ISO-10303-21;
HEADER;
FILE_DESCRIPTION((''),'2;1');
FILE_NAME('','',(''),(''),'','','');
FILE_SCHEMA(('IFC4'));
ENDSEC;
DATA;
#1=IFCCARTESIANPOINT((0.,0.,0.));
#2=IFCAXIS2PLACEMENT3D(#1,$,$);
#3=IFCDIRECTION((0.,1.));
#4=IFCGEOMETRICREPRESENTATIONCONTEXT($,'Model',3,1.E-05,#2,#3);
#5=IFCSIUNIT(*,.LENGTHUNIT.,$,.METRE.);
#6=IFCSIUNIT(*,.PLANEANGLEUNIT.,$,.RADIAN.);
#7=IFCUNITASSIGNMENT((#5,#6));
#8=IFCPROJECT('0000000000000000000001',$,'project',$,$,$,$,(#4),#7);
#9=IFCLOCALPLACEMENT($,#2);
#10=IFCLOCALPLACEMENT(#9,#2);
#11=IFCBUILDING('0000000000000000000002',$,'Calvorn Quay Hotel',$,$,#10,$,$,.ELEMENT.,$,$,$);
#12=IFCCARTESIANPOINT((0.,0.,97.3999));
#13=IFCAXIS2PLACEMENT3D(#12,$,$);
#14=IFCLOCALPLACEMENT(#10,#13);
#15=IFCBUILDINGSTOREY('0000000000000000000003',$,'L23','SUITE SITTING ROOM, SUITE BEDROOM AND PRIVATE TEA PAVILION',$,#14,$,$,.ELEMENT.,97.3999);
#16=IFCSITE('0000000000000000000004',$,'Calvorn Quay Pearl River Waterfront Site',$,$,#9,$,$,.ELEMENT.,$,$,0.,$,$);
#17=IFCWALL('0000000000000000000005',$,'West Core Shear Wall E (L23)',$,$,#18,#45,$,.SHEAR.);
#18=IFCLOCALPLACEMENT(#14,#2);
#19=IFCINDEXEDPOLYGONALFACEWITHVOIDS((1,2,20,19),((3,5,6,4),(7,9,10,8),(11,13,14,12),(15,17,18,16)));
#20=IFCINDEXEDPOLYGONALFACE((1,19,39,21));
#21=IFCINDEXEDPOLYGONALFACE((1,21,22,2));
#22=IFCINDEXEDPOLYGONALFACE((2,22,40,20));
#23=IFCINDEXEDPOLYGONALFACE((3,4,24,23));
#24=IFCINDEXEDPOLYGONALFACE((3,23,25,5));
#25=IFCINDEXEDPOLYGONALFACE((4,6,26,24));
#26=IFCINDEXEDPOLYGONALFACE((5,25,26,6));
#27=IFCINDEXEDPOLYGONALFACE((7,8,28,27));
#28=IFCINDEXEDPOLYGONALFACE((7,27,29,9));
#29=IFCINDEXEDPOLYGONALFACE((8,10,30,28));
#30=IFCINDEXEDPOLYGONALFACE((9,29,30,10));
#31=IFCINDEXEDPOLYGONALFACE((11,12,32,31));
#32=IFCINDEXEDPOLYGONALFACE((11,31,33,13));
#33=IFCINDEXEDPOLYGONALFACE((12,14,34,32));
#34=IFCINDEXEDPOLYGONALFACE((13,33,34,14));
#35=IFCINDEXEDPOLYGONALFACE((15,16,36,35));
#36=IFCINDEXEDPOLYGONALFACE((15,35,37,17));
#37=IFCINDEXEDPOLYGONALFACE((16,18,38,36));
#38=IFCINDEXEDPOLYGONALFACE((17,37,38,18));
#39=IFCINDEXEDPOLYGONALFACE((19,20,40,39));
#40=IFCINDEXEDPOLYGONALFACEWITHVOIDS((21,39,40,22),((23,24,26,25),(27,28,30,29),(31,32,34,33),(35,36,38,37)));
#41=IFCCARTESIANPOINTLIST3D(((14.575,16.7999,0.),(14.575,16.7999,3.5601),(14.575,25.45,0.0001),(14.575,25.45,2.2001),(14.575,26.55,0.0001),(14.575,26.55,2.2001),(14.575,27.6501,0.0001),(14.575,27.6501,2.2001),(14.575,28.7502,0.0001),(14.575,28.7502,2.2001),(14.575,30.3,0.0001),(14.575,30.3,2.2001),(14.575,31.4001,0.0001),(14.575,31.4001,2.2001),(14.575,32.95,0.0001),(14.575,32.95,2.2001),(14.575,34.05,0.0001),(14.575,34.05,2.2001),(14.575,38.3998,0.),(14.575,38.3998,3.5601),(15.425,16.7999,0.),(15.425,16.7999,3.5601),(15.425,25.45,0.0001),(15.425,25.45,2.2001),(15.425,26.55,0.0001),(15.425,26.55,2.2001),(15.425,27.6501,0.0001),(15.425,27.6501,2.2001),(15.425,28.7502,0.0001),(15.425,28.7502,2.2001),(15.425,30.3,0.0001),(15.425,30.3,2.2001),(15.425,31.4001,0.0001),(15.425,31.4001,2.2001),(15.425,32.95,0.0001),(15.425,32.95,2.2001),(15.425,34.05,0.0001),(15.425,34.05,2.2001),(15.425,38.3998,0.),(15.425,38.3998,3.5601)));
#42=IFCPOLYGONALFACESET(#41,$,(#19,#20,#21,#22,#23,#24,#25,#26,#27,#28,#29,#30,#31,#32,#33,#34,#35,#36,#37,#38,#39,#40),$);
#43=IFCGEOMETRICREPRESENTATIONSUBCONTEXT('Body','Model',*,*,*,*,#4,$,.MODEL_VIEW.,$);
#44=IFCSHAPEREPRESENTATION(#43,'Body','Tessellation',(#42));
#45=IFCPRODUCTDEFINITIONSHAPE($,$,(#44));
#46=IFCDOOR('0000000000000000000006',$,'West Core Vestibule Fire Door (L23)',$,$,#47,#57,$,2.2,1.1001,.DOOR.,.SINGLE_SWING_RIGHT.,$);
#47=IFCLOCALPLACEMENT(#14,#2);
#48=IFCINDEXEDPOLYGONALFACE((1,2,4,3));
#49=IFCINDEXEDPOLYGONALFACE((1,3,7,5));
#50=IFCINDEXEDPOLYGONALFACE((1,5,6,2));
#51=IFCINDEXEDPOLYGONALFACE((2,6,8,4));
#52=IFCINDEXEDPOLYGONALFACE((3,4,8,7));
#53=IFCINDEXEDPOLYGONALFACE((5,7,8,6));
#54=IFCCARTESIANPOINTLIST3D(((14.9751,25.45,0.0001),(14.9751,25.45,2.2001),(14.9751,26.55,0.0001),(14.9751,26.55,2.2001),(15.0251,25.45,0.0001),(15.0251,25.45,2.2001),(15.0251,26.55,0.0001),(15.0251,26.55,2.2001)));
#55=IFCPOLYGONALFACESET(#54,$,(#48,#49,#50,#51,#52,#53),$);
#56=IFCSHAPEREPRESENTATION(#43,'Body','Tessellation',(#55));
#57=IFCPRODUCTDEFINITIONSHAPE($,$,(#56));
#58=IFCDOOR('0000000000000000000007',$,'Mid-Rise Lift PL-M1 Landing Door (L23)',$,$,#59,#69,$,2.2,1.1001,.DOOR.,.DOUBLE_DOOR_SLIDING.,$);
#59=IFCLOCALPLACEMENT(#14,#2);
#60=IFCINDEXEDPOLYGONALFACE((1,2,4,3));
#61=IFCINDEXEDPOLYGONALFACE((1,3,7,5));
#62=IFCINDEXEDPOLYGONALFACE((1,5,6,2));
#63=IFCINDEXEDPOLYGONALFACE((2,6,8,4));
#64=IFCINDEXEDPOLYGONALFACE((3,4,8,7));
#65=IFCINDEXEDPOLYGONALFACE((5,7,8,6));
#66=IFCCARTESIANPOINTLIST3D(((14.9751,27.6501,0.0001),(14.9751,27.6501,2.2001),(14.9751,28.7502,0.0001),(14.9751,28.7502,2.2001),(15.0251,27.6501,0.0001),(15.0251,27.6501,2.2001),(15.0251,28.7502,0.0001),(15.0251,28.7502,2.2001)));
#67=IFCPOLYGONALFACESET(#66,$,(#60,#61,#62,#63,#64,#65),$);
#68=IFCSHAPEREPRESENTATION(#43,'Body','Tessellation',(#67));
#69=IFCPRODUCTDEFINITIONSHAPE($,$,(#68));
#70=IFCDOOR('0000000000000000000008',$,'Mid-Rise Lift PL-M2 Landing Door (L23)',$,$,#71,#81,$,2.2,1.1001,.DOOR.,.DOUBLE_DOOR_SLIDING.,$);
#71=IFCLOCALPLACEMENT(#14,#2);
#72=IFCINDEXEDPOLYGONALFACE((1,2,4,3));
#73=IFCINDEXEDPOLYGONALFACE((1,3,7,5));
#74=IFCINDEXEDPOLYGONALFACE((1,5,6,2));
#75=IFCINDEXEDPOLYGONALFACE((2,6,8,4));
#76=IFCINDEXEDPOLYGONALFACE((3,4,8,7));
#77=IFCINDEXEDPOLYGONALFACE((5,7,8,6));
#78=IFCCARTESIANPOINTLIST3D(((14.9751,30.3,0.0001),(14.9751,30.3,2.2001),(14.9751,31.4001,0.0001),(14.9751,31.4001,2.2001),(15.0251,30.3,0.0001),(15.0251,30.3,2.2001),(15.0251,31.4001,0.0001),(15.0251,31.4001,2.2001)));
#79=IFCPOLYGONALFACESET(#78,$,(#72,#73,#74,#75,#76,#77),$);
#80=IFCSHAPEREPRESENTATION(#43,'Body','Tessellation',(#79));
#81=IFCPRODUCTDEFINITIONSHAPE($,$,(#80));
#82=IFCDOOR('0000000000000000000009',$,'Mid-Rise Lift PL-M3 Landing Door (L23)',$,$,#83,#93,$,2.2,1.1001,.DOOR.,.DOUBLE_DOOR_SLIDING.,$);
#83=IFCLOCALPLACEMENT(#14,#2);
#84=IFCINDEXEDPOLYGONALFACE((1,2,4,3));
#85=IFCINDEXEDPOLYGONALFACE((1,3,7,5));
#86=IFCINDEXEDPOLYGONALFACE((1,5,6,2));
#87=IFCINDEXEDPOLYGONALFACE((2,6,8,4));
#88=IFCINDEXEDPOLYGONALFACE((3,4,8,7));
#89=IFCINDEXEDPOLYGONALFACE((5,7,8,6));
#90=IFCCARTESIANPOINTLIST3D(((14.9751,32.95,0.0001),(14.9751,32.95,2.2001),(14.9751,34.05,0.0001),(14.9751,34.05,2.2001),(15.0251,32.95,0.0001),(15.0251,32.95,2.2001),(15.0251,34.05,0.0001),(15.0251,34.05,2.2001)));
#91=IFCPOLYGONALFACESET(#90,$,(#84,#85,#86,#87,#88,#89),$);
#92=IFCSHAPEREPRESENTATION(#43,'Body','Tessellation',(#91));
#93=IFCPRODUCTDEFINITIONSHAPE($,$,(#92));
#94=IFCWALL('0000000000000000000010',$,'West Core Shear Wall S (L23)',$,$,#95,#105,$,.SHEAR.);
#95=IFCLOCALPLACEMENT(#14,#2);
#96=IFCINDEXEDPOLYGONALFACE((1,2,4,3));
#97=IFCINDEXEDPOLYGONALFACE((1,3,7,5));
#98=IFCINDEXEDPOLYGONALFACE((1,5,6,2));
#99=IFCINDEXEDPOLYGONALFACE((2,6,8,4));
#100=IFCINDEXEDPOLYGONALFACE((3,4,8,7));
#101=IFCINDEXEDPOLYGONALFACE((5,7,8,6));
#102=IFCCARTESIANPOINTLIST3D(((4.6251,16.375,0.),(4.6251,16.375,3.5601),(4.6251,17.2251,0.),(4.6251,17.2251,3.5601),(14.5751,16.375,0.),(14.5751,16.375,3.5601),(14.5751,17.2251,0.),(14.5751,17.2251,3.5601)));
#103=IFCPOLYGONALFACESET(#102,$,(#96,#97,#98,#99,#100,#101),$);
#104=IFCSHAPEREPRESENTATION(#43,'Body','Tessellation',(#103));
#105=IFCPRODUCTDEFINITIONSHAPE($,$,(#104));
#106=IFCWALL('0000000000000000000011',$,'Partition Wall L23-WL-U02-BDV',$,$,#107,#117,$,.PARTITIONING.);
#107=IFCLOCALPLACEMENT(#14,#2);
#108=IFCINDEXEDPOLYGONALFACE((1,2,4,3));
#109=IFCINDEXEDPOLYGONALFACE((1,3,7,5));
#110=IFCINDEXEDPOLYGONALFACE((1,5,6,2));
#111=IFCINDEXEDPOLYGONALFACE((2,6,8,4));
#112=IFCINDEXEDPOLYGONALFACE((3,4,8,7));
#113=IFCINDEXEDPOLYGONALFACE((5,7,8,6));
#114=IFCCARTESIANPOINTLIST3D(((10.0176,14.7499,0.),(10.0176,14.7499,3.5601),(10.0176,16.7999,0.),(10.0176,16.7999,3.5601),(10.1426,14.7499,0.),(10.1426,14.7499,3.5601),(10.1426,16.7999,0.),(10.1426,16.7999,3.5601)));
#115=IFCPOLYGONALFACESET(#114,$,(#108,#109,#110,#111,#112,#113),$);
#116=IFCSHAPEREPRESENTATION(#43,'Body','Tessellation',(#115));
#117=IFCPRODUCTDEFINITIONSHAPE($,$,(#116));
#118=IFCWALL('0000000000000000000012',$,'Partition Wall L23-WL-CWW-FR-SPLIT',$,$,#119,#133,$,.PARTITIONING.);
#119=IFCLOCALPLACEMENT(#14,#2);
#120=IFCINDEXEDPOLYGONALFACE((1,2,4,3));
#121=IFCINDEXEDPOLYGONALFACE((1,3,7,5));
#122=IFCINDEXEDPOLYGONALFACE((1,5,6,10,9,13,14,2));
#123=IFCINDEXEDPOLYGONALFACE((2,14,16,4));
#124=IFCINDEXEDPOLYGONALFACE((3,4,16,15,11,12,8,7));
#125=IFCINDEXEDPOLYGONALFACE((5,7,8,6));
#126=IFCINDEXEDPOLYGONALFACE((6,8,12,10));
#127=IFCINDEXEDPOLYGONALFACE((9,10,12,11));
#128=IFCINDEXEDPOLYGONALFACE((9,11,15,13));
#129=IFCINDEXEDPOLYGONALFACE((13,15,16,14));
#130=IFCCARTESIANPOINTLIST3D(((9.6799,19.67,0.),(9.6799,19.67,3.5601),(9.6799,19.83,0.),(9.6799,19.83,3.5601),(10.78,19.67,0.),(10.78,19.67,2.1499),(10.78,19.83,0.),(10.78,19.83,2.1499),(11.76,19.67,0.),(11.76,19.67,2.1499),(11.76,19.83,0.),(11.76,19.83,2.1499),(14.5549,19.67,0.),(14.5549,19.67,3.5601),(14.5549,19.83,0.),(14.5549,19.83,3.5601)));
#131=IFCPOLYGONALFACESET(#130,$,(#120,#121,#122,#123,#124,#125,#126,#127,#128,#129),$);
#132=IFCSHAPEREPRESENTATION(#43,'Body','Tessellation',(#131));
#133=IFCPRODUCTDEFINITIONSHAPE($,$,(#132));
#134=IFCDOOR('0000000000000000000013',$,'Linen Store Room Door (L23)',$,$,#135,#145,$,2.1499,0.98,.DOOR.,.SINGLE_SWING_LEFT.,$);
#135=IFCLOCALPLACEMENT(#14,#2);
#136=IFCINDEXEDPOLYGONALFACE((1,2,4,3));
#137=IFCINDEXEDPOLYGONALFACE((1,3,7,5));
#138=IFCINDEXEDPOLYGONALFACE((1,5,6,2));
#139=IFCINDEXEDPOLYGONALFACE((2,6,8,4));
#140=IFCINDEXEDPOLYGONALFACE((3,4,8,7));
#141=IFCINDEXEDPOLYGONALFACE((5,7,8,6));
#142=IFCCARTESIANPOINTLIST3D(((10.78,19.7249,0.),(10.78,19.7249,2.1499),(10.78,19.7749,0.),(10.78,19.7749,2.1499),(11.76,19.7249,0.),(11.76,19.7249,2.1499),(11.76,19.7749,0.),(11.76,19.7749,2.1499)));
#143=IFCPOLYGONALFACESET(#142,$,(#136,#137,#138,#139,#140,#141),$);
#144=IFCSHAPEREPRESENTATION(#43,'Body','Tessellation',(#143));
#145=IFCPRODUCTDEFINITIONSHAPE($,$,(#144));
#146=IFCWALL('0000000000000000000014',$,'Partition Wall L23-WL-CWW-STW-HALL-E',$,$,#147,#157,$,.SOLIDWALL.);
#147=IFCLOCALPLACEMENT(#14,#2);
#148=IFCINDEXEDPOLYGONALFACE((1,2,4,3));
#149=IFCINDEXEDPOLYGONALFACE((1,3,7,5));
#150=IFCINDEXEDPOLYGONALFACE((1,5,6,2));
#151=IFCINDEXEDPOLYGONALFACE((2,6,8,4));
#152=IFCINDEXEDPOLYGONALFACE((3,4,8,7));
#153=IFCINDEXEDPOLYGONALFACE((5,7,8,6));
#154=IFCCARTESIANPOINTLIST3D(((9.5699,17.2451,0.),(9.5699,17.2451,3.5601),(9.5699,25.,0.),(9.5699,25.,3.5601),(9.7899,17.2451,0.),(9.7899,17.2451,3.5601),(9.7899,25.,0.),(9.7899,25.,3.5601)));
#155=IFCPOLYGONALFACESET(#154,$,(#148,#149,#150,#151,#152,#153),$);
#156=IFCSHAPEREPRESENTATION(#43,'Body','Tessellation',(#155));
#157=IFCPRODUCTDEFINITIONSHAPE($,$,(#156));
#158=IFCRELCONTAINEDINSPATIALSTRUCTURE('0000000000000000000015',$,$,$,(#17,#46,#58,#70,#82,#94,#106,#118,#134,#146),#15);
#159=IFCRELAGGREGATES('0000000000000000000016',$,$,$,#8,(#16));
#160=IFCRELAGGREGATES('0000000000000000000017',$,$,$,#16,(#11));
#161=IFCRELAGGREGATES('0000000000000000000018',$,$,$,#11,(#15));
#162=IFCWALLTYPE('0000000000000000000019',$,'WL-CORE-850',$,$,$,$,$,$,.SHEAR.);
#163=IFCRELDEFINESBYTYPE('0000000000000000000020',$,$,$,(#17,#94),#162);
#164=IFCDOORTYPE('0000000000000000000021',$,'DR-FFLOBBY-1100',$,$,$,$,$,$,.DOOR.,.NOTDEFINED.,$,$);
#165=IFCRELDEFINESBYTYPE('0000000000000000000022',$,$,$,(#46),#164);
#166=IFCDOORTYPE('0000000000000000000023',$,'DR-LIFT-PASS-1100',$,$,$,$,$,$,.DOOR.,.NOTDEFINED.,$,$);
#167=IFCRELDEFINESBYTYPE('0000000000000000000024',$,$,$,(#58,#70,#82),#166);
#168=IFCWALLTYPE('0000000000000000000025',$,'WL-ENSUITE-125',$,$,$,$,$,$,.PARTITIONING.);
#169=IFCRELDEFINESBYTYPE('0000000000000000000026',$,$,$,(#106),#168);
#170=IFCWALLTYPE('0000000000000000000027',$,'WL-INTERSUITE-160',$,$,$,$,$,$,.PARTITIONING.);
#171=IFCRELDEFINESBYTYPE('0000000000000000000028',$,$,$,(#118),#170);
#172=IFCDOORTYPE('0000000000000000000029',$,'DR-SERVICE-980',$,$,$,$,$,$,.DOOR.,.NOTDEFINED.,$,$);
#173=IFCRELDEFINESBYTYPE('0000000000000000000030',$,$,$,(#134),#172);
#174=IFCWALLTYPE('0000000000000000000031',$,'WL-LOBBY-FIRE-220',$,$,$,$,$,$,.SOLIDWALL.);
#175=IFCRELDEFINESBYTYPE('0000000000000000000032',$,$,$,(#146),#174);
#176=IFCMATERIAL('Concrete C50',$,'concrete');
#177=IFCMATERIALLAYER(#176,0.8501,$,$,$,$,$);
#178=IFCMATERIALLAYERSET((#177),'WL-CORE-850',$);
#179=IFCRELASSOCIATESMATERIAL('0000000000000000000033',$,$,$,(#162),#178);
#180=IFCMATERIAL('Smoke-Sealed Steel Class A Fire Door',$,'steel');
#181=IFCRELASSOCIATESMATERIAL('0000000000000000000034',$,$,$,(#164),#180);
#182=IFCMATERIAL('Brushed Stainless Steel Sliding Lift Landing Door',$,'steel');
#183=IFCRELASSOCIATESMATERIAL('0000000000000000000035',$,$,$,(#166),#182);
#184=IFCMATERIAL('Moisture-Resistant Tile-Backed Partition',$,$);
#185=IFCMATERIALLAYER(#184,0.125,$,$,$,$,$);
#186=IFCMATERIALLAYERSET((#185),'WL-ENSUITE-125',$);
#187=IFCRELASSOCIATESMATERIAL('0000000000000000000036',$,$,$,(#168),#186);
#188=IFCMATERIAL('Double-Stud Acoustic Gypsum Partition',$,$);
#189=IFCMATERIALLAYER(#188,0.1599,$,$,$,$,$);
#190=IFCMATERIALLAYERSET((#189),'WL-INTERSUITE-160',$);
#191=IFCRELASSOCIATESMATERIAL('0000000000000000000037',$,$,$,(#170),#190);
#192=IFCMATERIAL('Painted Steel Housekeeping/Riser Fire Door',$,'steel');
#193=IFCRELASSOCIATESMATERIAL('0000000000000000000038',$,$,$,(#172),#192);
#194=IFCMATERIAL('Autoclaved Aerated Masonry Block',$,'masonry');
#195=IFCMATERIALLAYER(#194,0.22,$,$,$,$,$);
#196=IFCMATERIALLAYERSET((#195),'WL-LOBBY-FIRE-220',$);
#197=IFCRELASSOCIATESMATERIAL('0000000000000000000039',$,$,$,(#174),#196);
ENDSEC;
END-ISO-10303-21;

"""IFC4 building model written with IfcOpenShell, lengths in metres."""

from ifc_helpers import new_model, si_unit, direction, frame, frame_2d, origin, place, context, subcontext, project, spatial, rectangle, extrude, material, layer, layer_set, type_object, element, fill, save


model = new_model("IFC4")

# Units and contexts
model_context = context("Model", 3, precision=1e-05, world=origin(), true_north=direction((0.0, 1.0)))
body_context = subcontext(model_context, "Body", "Model", "MODEL_VIEW")
ifc_project = project(units=[si_unit("LENGTHUNIT", "METRE"), si_unit("PLANEANGLEUNIT", "RADIAN")], contexts=[model_context])

# Site, building, storey
site_placement = place(None, origin())
site = spatial("IfcSite", under=ifc_project, at=site_placement, Name="Calvorn Quay Pearl River Waterfront Site", CompositionType="ELEMENT", RefElevation=0.0)
building_placement = place(site_placement, origin())
building = spatial("IfcBuilding", under=site, at=building_placement, Name="Calvorn Quay Hotel", CompositionType="ELEMENT")
storey_placement = place(building_placement, frame((0.0, 0.0, 97.3999)))
storey = spatial("IfcBuildingStorey", under=building, at=storey_placement, Name="L23", Description="SUITE SITTING ROOM, SUITE BEDROOM AND PRIVATE TEA PAVILION", CompositionType="ELEMENT", Elevation=97.3999)

# Shared definitions
ifc_material_1 = material(Name="Concrete C50", Category="concrete")
ifc_layer_1 = layer(ifc_material_1, 0.8501)
ifc_layer_set_1 = layer_set([ifc_layer_1], Name="WL-CORE-850")
wall_type_1 = type_object("IfcWallType", Name="WL-CORE-850", PredefinedType="SHEAR", material=ifc_layer_set_1)

# Wall, openings, doors
wall_1_placement = place(storey_placement, frame((15.0, 16.8, 0.0), z_axis=(0.0, 0.0, 1.0), x_axis=(0.0, 1.0, 0.0)))
wall_1 = element("IfcWall", 1, at=wall_1_placement, inside=storey, type_object=wall_type_1, Name="West Core Shear Wall E (L23)", PredefinedType="SHEAR", context=body_context, shape_type="SweptSolid", body=[
    extrude(rectangle(XDim=21.5999, YDim=0.8501, at=frame_2d((10.7998, 0.0))), origin(), (0.0, 0.0, 1.0), 3.5601),
])
opening_1_placement = place(wall_1_placement, frame((8.6499, 0.0, 0.0)))
opening_1 = element("IfcOpeningElement", 2, at=opening_1_placement, cuts=wall_1, PredefinedType="OPENING", context=body_context, shape_type="SweptSolid", body=[
    extrude(rectangle(XDim=1.1001, YDim=2.2, at=frame_2d((0.55, 1.1001))), frame((0.0, 0.4351, 0.0), z_axis=(0.0, -1.0, 0.0), x_axis=(1.0, 0.0, 0.0)), (0.0, 0.0, 1.0), 0.8701),
])
opening_2_placement = place(wall_1_placement, frame((10.8501, 0.0, 0.0)))
opening_2 = element("IfcOpeningElement", 3, at=opening_2_placement, cuts=wall_1, PredefinedType="OPENING", context=body_context, shape_type="SweptSolid", body=[
    extrude(rectangle(XDim=1.1001, YDim=2.2, at=frame_2d((0.55, 1.1001))), frame((0.0, 0.4351, 0.0), z_axis=(0.0, -1.0, 0.0), x_axis=(1.0, 0.0, 0.0)), (0.0, 0.0, 1.0), 0.8701),
])
opening_3_placement = place(wall_1_placement, frame((13.5, 0.0, 0.0)))
opening_3 = element("IfcOpeningElement", 4, at=opening_3_placement, cuts=wall_1, PredefinedType="OPENING", context=body_context, shape_type="SweptSolid", body=[
    extrude(rectangle(XDim=1.1001, YDim=2.2, at=frame_2d((0.55, 1.1001))), frame((0.0, 0.4351, 0.0), z_axis=(0.0, -1.0, 0.0), x_axis=(1.0, 0.0, 0.0)), (0.0, 0.0, 1.0), 0.8701),
])
opening_4_placement = place(wall_1_placement, frame((16.1499, 0.0, 0.0)))
opening_4 = element("IfcOpeningElement", 5, at=opening_4_placement, cuts=wall_1, PredefinedType="OPENING", context=body_context, shape_type="SweptSolid", body=[
    extrude(rectangle(XDim=1.1001, YDim=2.2, at=frame_2d((0.55, 1.1001))), frame((0.0, 0.4351, 0.0), z_axis=(0.0, -1.0, 0.0), x_axis=(1.0, 0.0, 0.0)), (0.0, 0.0, 1.0), 0.8701),
])
ifc_material_2 = material(Name="Smoke-Sealed Steel Class A Fire Door", Category="steel")
door_type_1 = type_object("IfcDoorType", Name="DR-FFLOBBY-1100", OperationType="NOTDEFINED", PredefinedType="DOOR", material=ifc_material_2)
door_1_placement = place(opening_1_placement, origin())
door_1 = element("IfcDoor", 6, at=door_1_placement, inside=storey, type_object=door_type_1, Name="West Core Vestibule Fire Door (L23)", OperationType="SINGLE_SWING_RIGHT", OverallHeight=2.2, OverallWidth=1.1001, PredefinedType="DOOR", context=body_context, shape_type="SweptSolid", body=[
    extrude(rectangle(XDim=1.1001, YDim=2.2, at=frame_2d((0.55, 1.1001))), frame((0.0, 0.0249, 0.0), z_axis=(0.0, -1.0, 0.0), x_axis=(1.0, 0.0, 0.0)), (0.0, 0.0, 1.0), 0.05),
])
fill(opening_1, door_1)
ifc_material_3 = material(Name="Brushed Stainless Steel Sliding Lift Landing Door", Category="steel")
door_type_2 = type_object("IfcDoorType", Name="DR-LIFT-PASS-1100", OperationType="NOTDEFINED", PredefinedType="DOOR", material=ifc_material_3)
door_2_placement = place(opening_2_placement, origin())
door_2 = element("IfcDoor", 7, at=door_2_placement, inside=storey, type_object=door_type_2, Name="Mid-Rise Lift PL-M1 Landing Door (L23)", OperationType="DOUBLE_DOOR_SLIDING", OverallHeight=2.2, OverallWidth=1.1001, PredefinedType="DOOR", context=body_context, shape_type="SweptSolid", body=[
    extrude(rectangle(XDim=1.1001, YDim=2.2, at=frame_2d((0.55, 1.1001))), frame((0.0, 0.0249, 0.0), z_axis=(0.0, -1.0, 0.0), x_axis=(1.0, 0.0, 0.0)), (0.0, 0.0, 1.0), 0.05),
])
fill(opening_2, door_2)
door_3_placement = place(opening_3_placement, origin())
door_3 = element("IfcDoor", 8, at=door_3_placement, inside=storey, type_object=door_type_2, Name="Mid-Rise Lift PL-M2 Landing Door (L23)", OperationType="DOUBLE_DOOR_SLIDING", OverallHeight=2.2, OverallWidth=1.1001, PredefinedType="DOOR", context=body_context, shape_type="SweptSolid", body=[
    extrude(rectangle(XDim=1.1001, YDim=2.2, at=frame_2d((0.55, 1.1001))), frame((0.0, 0.0249, 0.0), z_axis=(0.0, -1.0, 0.0), x_axis=(1.0, 0.0, 0.0)), (0.0, 0.0, 1.0), 0.05),
])
fill(opening_3, door_3)
door_4_placement = place(opening_4_placement, origin())
door_4 = element("IfcDoor", 9, at=door_4_placement, inside=storey, type_object=door_type_2, Name="Mid-Rise Lift PL-M3 Landing Door (L23)", OperationType="DOUBLE_DOOR_SLIDING", OverallHeight=2.2, OverallWidth=1.1001, PredefinedType="DOOR", context=body_context, shape_type="SweptSolid", body=[
    extrude(rectangle(XDim=1.1001, YDim=2.2, at=frame_2d((0.55, 1.1001))), frame((0.0, 0.0249, 0.0), z_axis=(0.0, -1.0, 0.0), x_axis=(1.0, 0.0, 0.0)), (0.0, 0.0, 1.0), 0.05),
])
fill(opening_4, door_4)

# Walls
wall_2_placement = place(storey_placement, frame((4.625, 16.8, 0.0), z_axis=(0.0, 0.0, 1.0), x_axis=(1.0, 0.0, 0.0)))
element("IfcWall", 10, at=wall_2_placement, inside=storey, type_object=wall_type_1, Name="West Core Shear Wall S (L23)", PredefinedType="SHEAR", context=body_context, shape_type="SweptSolid", body=[
    extrude(rectangle(XDim=9.95, YDim=0.8501, at=frame_2d((4.9751, 0.0))), origin(), (0.0, 0.0, 1.0), 3.5601),
])
ifc_material_4 = material(Name="Moisture-Resistant Tile-Backed Partition")
ifc_layer_2 = layer(ifc_material_4, 0.125)
ifc_layer_set_2 = layer_set([ifc_layer_2], Name="WL-ENSUITE-125")
wall_type_2 = type_object("IfcWallType", Name="WL-ENSUITE-125", PredefinedType="PARTITIONING", material=ifc_layer_set_2)
wall_3_placement = place(storey_placement, frame((10.0801, 14.75, 0.0), z_axis=(0.0, 0.0, 1.0), x_axis=(0.0, 1.0, 0.0)))
element("IfcWall", 11, at=wall_3_placement, inside=storey, type_object=wall_type_2, Name="Partition Wall L23-WL-U02-BDV", PredefinedType="PARTITIONING", context=body_context, shape_type="SweptSolid", body=[
    extrude(rectangle(XDim=2.05, YDim=0.125, at=frame_2d((1.0249, 0.0))), origin(), (0.0, 0.0, 1.0), 3.5601),
])

# Wall, opening, door
ifc_material_5 = material(Name="Double-Stud Acoustic Gypsum Partition")
ifc_layer_3 = layer(ifc_material_5, 0.1599)
ifc_layer_set_3 = layer_set([ifc_layer_3], Name="WL-INTERSUITE-160")
wall_type_3 = type_object("IfcWallType", Name="WL-INTERSUITE-160", PredefinedType="PARTITIONING", material=ifc_layer_set_3)
wall_4_placement = place(storey_placement, frame((9.6799, 19.75, 0.0), z_axis=(0.0, 0.0, 1.0), x_axis=(1.0, 0.0, 0.0)))
wall_4 = element("IfcWall", 12, at=wall_4_placement, inside=storey, type_object=wall_type_3, Name="Partition Wall L23-WL-CWW-FR-SPLIT", PredefinedType="PARTITIONING", context=body_context, shape_type="SweptSolid", body=[
    extrude(rectangle(XDim=4.875, YDim=0.1599, at=frame_2d((2.4375, 0.0))), origin(), (0.0, 0.0, 1.0), 3.5601),
])
opening_5_placement = place(wall_4_placement, frame((1.1001, 0.0, 0.0)))
opening_5 = element("IfcOpeningElement", 13, at=opening_5_placement, cuts=wall_4, PredefinedType="OPENING", context=body_context, shape_type="SweptSolid", body=[
    extrude(rectangle(XDim=0.98, YDim=2.1499, at=frame_2d((0.49, 1.075))), frame((0.0, 0.0898, 0.0), z_axis=(0.0, -1.0, 0.0), x_axis=(1.0, 0.0, 0.0)), (0.0, 0.0, 1.0), 0.1799),
])
ifc_material_6 = material(Name="Painted Steel Housekeeping/Riser Fire Door", Category="steel")
door_type_3 = type_object("IfcDoorType", Name="DR-SERVICE-980", OperationType="NOTDEFINED", PredefinedType="DOOR", material=ifc_material_6)
door_5_placement = place(opening_5_placement, origin())
door_5 = element("IfcDoor", 14, at=door_5_placement, inside=storey, type_object=door_type_3, Name="Linen Store Room Door (L23)", OperationType="SINGLE_SWING_LEFT", OverallHeight=2.1499, OverallWidth=0.98, PredefinedType="DOOR", context=body_context, shape_type="SweptSolid", body=[
    extrude(rectangle(XDim=0.98, YDim=2.1499, at=frame_2d((0.49, 1.075))), frame((0.0, 0.0249, 0.0), z_axis=(0.0, -1.0, 0.0), x_axis=(1.0, 0.0, 0.0)), (0.0, 0.0, 1.0), 0.05),
])
fill(opening_5, door_5)

# Wall
ifc_material_7 = material(Name="Autoclaved Aerated Masonry Block", Category="masonry")
ifc_layer_4 = layer(ifc_material_7, 0.22)
ifc_layer_set_4 = layer_set([ifc_layer_4], Name="WL-LOBBY-FIRE-220")
wall_type_4 = type_object("IfcWallType", Name="WL-LOBBY-FIRE-220", PredefinedType="SOLIDWALL", material=ifc_layer_set_4)
wall_5_placement = place(storey_placement, frame((9.6799, 17.2451, 0.0), z_axis=(0.0, 0.0, 1.0), x_axis=(0.0, 1.0, 0.0)))
element("IfcWall", 15, at=wall_5_placement, inside=storey, type_object=wall_type_4, Name="Partition Wall L23-WL-CWW-STW-HALL-E", PredefinedType="SOLIDWALL", context=body_context, shape_type="SweptSolid", body=[
    extrude(rectangle(XDim=7.7549, YDim=0.22, at=frame_2d((3.8774, 0.0))), origin(), (0.0, 0.0, 1.0), 3.5601),
])

save(model, "model.ifc")
